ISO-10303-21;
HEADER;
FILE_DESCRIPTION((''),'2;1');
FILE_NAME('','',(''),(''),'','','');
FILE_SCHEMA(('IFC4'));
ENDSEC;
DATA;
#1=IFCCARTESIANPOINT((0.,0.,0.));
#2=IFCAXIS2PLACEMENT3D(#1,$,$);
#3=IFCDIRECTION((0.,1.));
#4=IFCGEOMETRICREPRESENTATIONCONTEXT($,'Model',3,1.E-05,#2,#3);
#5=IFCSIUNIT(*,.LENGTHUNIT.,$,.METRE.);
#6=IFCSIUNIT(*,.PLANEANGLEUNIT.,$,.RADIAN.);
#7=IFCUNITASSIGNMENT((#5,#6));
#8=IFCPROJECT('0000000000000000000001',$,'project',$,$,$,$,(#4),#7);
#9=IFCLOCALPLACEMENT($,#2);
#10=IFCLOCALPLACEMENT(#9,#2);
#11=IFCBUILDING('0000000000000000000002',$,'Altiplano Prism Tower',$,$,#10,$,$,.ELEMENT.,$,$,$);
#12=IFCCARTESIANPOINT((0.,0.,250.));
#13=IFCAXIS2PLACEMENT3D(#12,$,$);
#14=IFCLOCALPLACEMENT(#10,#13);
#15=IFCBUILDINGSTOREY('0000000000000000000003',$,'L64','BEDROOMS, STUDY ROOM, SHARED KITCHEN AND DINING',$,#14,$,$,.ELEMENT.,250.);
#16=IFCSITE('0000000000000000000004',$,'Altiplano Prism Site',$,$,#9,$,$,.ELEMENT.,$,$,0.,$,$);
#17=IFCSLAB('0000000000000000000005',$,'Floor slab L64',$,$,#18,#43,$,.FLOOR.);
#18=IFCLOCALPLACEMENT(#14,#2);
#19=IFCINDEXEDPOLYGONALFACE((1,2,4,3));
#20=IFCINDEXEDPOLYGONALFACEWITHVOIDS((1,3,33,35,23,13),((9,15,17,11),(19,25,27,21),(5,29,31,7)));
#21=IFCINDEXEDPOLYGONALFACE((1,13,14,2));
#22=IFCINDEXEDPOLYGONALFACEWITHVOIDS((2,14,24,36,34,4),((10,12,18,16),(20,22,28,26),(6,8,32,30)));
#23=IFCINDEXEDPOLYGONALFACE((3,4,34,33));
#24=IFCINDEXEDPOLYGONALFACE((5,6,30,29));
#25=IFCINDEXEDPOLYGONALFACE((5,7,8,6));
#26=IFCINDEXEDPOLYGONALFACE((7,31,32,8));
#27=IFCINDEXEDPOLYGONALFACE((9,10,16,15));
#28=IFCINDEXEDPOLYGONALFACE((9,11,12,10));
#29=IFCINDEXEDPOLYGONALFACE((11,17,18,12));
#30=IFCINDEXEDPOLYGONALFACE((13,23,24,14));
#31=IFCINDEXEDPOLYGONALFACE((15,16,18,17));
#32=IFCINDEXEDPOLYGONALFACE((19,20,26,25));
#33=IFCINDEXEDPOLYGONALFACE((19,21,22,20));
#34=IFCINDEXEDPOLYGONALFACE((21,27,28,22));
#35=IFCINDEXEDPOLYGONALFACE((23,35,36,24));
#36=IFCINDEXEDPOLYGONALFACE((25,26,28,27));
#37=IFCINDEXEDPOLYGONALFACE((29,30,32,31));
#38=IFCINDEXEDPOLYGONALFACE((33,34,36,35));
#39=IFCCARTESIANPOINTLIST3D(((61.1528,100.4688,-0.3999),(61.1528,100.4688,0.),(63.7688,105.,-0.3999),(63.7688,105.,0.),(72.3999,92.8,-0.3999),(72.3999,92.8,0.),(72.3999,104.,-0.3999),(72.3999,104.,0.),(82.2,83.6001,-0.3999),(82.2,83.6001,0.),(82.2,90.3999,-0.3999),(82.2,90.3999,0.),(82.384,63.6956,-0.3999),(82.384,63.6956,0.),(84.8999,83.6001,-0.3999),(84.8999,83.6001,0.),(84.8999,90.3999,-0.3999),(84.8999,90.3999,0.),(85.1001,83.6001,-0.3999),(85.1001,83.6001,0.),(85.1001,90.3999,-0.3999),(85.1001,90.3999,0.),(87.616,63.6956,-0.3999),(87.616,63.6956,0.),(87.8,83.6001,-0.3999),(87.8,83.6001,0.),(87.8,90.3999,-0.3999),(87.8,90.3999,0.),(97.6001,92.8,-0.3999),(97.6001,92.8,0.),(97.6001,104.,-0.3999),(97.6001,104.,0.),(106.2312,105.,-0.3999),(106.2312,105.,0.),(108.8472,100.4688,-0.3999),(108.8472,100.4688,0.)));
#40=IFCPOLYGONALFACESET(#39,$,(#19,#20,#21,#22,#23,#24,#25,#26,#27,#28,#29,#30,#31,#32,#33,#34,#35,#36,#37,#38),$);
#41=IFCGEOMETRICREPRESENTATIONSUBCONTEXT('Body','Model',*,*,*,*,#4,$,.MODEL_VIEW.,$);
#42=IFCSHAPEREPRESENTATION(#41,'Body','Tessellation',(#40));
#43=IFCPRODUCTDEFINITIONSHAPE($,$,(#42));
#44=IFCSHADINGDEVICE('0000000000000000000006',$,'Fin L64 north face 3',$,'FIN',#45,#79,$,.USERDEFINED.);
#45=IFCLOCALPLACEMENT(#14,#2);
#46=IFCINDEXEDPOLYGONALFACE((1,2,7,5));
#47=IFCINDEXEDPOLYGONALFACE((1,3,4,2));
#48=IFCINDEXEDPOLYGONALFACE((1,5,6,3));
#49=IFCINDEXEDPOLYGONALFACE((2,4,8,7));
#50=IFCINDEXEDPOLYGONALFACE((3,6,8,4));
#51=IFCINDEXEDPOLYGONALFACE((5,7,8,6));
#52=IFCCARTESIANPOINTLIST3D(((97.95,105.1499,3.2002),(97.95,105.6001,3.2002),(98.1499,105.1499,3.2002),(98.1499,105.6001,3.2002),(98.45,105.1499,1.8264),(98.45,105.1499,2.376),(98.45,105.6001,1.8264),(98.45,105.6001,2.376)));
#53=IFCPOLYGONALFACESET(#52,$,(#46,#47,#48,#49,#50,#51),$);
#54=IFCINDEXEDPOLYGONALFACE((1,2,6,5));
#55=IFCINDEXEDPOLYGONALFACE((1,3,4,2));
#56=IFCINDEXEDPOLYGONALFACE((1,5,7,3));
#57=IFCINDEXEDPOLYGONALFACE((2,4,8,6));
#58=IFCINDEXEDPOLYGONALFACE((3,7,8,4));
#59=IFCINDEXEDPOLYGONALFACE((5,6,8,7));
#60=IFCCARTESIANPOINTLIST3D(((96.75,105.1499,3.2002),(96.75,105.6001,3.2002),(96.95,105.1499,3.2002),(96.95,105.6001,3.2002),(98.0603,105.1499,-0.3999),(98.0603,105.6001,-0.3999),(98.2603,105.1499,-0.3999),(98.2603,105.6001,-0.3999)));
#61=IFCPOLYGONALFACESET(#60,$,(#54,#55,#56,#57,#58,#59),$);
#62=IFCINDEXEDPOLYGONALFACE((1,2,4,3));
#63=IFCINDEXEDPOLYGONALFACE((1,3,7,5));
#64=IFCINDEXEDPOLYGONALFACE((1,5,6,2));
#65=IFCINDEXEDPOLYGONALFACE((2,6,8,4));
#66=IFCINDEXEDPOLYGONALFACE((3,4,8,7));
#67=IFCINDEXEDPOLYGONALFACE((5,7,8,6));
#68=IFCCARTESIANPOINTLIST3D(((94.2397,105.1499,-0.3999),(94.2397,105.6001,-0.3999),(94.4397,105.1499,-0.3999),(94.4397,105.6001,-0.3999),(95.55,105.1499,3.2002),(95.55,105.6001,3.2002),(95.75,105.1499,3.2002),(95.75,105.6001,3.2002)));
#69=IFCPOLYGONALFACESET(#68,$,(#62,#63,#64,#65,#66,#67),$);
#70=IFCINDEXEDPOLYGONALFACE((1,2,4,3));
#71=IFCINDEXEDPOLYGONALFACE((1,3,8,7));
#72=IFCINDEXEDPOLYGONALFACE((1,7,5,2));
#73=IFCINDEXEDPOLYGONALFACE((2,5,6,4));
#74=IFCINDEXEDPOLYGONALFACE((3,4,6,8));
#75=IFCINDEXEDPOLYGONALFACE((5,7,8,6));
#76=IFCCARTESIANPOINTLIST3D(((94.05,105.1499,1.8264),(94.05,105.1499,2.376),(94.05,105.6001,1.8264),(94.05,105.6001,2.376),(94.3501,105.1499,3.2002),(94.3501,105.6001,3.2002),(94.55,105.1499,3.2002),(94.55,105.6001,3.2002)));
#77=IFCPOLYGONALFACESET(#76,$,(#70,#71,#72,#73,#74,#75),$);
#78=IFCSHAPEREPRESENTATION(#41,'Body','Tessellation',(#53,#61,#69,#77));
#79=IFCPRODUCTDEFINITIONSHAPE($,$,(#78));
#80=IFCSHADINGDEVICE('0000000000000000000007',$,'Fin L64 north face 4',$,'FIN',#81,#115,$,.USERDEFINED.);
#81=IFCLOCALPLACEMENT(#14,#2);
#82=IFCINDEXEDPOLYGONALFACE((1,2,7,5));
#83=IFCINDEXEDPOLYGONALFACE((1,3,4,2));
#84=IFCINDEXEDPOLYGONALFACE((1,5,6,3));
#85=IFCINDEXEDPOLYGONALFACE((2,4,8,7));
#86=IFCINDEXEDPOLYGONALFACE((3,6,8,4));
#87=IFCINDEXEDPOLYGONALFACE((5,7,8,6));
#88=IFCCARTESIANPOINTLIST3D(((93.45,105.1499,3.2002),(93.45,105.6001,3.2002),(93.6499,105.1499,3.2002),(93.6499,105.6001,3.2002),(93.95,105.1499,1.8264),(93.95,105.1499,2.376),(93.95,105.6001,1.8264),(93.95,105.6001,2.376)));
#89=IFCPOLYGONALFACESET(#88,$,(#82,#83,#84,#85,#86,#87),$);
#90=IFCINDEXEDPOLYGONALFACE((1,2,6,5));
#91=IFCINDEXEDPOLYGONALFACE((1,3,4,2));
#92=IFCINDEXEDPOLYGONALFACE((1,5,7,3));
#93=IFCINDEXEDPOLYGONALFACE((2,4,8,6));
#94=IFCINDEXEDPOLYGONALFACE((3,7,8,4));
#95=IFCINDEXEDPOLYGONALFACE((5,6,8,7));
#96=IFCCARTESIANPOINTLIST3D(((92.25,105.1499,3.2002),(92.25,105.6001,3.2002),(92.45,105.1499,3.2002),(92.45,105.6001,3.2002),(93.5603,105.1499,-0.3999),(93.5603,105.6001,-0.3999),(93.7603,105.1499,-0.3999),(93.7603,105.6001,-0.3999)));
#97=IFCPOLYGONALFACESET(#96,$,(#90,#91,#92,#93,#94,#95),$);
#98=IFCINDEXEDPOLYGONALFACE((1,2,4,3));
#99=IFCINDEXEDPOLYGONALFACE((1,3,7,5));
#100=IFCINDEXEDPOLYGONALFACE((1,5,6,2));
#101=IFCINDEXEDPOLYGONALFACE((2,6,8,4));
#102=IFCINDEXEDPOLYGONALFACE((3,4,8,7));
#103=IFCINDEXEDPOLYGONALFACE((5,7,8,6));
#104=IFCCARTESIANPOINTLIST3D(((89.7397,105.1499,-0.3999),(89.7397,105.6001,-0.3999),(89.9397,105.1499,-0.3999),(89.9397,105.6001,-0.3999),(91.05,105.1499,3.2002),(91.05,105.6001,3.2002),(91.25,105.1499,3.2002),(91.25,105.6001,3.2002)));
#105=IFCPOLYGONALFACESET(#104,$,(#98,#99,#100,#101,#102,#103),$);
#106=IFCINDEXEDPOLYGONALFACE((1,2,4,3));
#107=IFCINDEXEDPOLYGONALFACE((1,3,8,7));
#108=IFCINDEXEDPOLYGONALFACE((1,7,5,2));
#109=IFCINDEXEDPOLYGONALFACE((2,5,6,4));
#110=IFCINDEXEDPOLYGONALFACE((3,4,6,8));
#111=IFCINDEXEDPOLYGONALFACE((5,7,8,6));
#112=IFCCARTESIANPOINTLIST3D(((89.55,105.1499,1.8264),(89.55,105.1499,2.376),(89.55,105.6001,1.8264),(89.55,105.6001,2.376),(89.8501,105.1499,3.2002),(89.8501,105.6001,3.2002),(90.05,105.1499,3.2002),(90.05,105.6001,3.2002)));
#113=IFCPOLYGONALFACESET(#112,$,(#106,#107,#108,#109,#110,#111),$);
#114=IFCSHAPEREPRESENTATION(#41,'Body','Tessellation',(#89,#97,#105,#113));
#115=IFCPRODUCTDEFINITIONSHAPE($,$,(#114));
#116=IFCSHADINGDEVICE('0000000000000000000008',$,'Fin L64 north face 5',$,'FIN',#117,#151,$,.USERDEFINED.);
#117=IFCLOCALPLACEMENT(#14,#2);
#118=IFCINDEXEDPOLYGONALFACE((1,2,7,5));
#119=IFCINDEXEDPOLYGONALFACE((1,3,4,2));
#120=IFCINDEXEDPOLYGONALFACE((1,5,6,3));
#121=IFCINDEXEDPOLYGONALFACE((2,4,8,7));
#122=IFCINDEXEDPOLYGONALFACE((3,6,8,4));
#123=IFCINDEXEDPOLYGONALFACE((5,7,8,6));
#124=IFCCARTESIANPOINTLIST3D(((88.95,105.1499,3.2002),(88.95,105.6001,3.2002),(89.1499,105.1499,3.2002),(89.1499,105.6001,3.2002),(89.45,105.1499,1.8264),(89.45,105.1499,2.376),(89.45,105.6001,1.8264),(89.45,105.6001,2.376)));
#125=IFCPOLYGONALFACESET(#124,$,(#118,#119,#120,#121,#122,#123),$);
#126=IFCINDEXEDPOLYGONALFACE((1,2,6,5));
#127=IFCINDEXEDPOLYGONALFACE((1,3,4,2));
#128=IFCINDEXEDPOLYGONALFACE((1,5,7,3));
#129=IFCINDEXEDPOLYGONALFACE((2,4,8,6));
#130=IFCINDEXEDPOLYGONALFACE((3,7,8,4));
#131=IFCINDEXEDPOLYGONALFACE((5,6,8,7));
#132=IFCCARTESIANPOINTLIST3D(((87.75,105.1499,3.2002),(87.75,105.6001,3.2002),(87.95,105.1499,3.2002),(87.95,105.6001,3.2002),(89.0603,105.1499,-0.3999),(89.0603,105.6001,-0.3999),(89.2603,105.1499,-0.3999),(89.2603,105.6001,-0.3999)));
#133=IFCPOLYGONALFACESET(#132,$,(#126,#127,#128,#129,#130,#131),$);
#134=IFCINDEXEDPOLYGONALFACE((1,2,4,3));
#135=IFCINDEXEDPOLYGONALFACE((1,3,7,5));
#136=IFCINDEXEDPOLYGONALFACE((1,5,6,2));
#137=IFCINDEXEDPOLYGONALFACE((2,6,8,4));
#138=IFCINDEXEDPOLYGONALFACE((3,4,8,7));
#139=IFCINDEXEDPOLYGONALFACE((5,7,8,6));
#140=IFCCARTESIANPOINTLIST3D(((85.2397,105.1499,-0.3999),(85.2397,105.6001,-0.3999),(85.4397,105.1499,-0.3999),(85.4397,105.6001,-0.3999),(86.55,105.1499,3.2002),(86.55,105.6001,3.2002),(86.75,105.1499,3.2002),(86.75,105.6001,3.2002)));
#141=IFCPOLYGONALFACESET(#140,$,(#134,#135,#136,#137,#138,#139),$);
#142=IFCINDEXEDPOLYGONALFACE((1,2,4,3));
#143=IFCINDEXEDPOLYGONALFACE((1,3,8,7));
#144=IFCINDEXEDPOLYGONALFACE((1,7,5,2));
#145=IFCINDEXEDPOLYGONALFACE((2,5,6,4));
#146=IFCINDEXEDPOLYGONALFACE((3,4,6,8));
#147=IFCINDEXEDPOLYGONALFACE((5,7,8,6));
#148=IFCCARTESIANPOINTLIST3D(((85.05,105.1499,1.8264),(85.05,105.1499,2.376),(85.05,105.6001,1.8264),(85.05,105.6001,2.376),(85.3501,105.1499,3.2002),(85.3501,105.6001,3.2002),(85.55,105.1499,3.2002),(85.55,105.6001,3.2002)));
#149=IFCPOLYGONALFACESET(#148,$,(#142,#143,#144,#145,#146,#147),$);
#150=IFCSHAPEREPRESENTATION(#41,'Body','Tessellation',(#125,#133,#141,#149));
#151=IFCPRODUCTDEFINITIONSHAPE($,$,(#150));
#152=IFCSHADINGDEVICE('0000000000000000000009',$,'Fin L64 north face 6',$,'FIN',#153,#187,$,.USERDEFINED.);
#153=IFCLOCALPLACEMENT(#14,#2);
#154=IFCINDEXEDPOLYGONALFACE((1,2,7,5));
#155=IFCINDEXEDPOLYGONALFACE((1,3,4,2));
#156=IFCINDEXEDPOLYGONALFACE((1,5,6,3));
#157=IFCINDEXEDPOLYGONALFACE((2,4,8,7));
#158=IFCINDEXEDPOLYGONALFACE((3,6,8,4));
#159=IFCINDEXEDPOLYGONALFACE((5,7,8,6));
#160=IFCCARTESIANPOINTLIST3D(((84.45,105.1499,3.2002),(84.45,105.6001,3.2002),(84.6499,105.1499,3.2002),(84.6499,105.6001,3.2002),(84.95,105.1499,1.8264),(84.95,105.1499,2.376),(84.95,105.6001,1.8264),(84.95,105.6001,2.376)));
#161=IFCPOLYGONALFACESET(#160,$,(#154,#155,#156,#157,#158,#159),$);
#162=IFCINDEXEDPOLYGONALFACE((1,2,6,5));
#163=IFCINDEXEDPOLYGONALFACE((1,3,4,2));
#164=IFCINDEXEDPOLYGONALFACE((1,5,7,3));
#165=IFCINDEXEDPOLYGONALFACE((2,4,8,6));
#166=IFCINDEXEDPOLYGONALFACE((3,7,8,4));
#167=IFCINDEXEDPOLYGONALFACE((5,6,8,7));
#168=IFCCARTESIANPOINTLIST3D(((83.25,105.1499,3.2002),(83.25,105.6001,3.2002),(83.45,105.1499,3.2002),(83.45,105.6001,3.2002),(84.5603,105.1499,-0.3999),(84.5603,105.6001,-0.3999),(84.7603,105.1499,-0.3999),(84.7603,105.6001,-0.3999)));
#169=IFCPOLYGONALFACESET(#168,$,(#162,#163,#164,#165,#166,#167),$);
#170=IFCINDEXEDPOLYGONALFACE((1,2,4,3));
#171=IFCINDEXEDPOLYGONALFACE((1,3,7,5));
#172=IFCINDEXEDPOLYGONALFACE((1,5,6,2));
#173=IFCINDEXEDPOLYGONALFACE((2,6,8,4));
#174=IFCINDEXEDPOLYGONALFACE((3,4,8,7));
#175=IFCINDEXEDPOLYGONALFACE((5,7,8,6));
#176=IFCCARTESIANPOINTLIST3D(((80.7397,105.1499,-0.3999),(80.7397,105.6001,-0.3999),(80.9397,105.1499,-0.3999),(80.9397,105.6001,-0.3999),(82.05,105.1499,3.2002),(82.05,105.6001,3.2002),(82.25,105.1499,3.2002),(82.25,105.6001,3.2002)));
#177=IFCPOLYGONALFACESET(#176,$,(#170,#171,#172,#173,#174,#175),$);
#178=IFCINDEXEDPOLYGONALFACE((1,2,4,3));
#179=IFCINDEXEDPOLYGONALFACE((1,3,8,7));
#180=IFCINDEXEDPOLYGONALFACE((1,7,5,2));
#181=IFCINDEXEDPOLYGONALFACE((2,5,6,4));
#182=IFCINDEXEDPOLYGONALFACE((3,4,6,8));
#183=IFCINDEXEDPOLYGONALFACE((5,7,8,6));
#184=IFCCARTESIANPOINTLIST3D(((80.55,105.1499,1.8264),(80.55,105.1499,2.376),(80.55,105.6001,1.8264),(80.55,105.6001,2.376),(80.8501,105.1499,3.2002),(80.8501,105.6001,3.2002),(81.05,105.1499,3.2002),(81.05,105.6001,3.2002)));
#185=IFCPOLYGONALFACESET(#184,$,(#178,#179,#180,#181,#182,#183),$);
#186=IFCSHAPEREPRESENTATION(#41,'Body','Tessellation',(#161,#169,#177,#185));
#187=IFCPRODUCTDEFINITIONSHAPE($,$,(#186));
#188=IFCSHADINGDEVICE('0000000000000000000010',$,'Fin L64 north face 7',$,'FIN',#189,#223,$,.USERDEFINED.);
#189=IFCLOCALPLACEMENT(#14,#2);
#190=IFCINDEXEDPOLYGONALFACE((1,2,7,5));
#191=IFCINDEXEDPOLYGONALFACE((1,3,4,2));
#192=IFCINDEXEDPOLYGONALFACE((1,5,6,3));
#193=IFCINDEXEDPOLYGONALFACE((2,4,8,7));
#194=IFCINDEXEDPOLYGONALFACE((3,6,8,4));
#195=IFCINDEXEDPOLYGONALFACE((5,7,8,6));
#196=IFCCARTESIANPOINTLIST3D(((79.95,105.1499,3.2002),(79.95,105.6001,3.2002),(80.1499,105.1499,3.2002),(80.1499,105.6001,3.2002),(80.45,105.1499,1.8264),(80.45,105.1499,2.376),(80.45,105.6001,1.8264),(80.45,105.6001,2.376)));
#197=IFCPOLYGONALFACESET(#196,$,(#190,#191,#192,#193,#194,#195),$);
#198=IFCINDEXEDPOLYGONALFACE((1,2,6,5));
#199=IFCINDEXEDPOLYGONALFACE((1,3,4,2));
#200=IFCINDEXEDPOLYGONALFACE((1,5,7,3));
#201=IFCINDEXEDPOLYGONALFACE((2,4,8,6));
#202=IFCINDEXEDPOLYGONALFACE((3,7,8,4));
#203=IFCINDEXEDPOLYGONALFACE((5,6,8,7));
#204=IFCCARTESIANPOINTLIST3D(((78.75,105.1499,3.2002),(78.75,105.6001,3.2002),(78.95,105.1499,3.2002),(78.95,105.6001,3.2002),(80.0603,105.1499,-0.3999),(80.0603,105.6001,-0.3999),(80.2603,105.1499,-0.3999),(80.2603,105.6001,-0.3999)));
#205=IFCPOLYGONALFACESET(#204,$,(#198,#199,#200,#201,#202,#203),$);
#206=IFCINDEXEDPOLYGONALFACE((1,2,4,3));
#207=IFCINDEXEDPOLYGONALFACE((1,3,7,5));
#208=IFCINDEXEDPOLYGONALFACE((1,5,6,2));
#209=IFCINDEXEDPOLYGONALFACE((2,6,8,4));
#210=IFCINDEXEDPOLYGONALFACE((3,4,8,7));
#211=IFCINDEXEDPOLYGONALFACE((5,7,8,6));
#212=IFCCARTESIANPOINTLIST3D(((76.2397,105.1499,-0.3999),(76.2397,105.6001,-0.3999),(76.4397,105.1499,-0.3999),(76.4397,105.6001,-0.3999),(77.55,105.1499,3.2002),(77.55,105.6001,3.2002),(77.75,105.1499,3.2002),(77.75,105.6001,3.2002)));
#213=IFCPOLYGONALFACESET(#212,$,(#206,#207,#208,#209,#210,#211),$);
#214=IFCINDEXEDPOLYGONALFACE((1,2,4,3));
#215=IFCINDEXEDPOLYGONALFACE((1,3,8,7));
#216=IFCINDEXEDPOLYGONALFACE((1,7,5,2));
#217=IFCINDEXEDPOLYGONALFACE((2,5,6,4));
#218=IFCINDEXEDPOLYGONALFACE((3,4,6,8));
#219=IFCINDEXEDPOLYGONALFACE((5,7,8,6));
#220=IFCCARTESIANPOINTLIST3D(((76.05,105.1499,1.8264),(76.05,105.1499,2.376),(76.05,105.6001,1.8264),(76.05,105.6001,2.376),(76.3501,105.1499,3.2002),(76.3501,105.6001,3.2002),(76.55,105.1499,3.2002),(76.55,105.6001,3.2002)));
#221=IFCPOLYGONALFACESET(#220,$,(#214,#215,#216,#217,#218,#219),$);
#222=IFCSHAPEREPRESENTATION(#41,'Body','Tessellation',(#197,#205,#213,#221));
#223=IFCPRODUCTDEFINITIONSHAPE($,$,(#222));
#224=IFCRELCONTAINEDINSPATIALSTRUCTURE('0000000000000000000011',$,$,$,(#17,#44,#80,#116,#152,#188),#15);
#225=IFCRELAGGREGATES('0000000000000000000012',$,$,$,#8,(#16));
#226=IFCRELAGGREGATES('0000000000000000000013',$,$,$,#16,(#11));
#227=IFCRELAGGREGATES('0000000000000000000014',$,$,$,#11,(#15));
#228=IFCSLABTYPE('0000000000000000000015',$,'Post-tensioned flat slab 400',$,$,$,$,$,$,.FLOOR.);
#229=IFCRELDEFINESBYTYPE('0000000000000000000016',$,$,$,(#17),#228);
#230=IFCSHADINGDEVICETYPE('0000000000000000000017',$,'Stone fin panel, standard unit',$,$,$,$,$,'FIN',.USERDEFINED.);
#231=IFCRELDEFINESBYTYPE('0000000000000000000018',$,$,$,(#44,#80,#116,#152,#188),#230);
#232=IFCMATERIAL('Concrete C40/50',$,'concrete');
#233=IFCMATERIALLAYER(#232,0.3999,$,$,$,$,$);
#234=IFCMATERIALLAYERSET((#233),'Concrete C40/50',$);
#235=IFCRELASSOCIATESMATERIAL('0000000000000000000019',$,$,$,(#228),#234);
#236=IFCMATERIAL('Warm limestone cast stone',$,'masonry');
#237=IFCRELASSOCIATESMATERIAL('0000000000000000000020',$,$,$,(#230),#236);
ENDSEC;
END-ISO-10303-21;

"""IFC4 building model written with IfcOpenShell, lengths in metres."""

from ifc_helpers import new_model, si_unit, direction, frame, origin, place, context, subcontext, project, spatial, polyline, outline, extrude, source, transform, mapped, material, layer, layer_set, type_object, element, save


model = new_model("IFC4")

# Units and contexts
model_context = context("Model", 3, precision=1e-05, world=origin(), true_north=direction((0.0, 1.0)))
body_context = subcontext(model_context, "Body", "Model", "MODEL_VIEW")
ifc_project = project(units=[si_unit("LENGTHUNIT", "METRE"), si_unit("PLANEANGLEUNIT", "RADIAN")], contexts=[model_context])

# Site, building, storey
site_placement = place(None, origin())
site = spatial("IfcSite", under=ifc_project, at=site_placement, Name="Altiplano Prism Site", CompositionType="ELEMENT", RefElevation=0.0)
building_placement = place(site_placement, origin())
building = spatial("IfcBuilding", under=site, at=building_placement, Name="Altiplano Prism Tower", CompositionType="ELEMENT")
storey_placement = place(building_placement, frame((0.0, 0.0, 250.0)))
storey = spatial("IfcBuildingStorey", under=building, at=storey_placement, Name="L64", Description="BEDROOMS, STUDY ROOM, SHARED KITCHEN AND DINING", CompositionType="ELEMENT", Elevation=250.0)

# Slab
ifc_material_1 = material(Name="Concrete C40/50", Category="concrete")
ifc_layer = layer(ifc_material_1, 0.3999)
ifc_layer_set = layer_set([ifc_layer], Name="Concrete C40/50")
slab_type = type_object("IfcSlabType", Name="Post-tensioned flat slab 400", PredefinedType="FLOOR", material=ifc_layer_set)
slab_placement = place(storey_placement, frame((0.0, 0.0, -0.3999)))
element("IfcSlab", 1, at=slab_placement, inside=storey, type_object=slab_type, Name="Floor slab L64", PredefinedType="FLOOR", context=body_context, shape_type="SweptSolid", body=[
    extrude(outline(polyline([(82.384, 63.6956), (61.1528, 100.4688), (63.7688, 105.0), (106.2312, 105.0), (108.8472, 100.4688), (87.616, 63.6956), (82.384, 63.6956)]), holes=[polyline([(72.3999, 104.0), (72.3999, 92.8), (97.6001, 92.8), (97.6001, 104.0), (72.3999, 104.0)]), polyline([(84.8999, 90.3999), (82.2, 90.3999), (82.2, 83.6001), (84.8999, 83.6001), (84.8999, 90.3999)]), polyline([(87.8, 83.6001), (87.8, 90.3999), (85.1001, 90.3999), (85.1001, 83.6001), (87.8, 83.6001)])]), origin(), (0.0, 0.0, 1.0), 0.3999),
])

# Shading devices
ifc_material_2 = material(Name="Warm limestone cast stone", Category="masonry")
shading_device_type_1 = type_object("IfcShadingDeviceType", Name="Stone fin panel, standard unit", ElementType="FIN", PredefinedType="USERDEFINED", material=ifc_material_2)
shared_shape_1 = source(origin(), body_context, "Body", "SweptSolid", [
    extrude(outline(polyline([(-2.2, 2.2263), (-1.7, 3.6001), (-1.8999, 3.6001), (-2.2, 2.7759), (-2.2, 2.2263)])), frame((0.0, -0.1499, 0.0), z_axis=(0.0, -1.0, 0.0), x_axis=(1.0, 0.0, 0.0)), (0.0, 0.0, 1.0), 0.4502),
    extrude(outline(polyline([(-2.0103, 0.0), (-1.8103, 0.0), (-0.5, 3.6001), (-0.7, 3.6001), (-2.0103, 0.0)])), frame((0.0, -0.1499, 0.0), z_axis=(0.0, -1.0, 0.0), x_axis=(1.0, 0.0, 0.0)), (0.0, 0.0, 1.0), 0.4502),
    extrude(outline(polyline([(1.8103, 0.0), (2.0103, 0.0), (0.7, 3.6001), (0.5, 3.6001), (1.8103, 0.0)])), frame((0.0, -0.1499, 0.0), z_axis=(0.0, -1.0, 0.0), x_axis=(1.0, 0.0, 0.0)), (0.0, 0.0, 1.0), 0.4502),
    extrude(outline(polyline([(2.2, 2.7759), (1.8999, 3.6001), (1.7, 3.6001), (2.2, 2.2263), (2.2, 2.7759)])), frame((0.0, -0.1499, 0.0), z_axis=(0.0, -1.0, 0.0), x_axis=(1.0, 0.0, 0.0)), (0.0, 0.0, 1.0), 0.4502),
])
shading_device_1_placement = place(storey_placement, origin())
element("IfcShadingDevice", 2, at=shading_device_1_placement, inside=storey, type_object=shading_device_type_1, Name="Fin L64 north face 3", ObjectType="FIN", PredefinedType="USERDEFINED", context=body_context, shape_type="MappedRepresentation", body=[
    mapped(shared_shape_1, transform((96.25, 105.0, -0.3999), x_axis=(-1.0, 0.0, 0.0), y_axis=(0.0, -1.0, 0.0), z_axis=(0.0, 0.0, 1.0))),
])
shading_device_2_placement = place(storey_placement, origin())
element("IfcShadingDevice", 3, at=shading_device_2_placement, inside=storey, type_object=shading_device_type_1, Name="Fin L64 north face 4", ObjectType="FIN", PredefinedType="USERDEFINED", context=body_context, shape_type="MappedRepresentation", body=[
    mapped(shared_shape_1, transform((91.75, 105.0, -0.3999), x_axis=(-1.0, 0.0, 0.0), y_axis=(0.0, -1.0, 0.0), z_axis=(0.0, 0.0, 1.0))),
])
shading_device_3_placement = place(storey_placement, origin())
element("IfcShadingDevice", 4, at=shading_device_3_placement, inside=storey, type_object=shading_device_type_1, Name="Fin L64 north face 5", ObjectType="FIN", PredefinedType="USERDEFINED", context=body_context, shape_type="MappedRepresentation", body=[
    mapped(shared_shape_1, transform((87.25, 105.0, -0.3999), x_axis=(-1.0, 0.0, 0.0), y_axis=(0.0, -1.0, 0.0), z_axis=(0.0, 0.0, 1.0))),
])
shading_device_4_placement = place(storey_placement, origin())
element("IfcShadingDevice", 5, at=shading_device_4_placement, inside=storey, type_object=shading_device_type_1, Name="Fin L64 north face 6", ObjectType="FIN", PredefinedType="USERDEFINED", context=body_context, shape_type="MappedRepresentation", body=[
    mapped(shared_shape_1, transform((82.75, 105.0, -0.3999), x_axis=(-1.0, 0.0, 0.0), y_axis=(0.0, -1.0, 0.0), z_axis=(0.0, 0.0, 1.0))),
])
shading_device_5_placement = place(storey_placement, origin())
element("IfcShadingDevice", 6, at=shading_device_5_placement, inside=storey, type_object=shading_device_type_1, Name="Fin L64 north face 7", ObjectType="FIN", PredefinedType="USERDEFINED", context=body_context, shape_type="MappedRepresentation", body=[
    mapped(shared_shape_1, transform((78.25, 105.0, -0.3999), x_axis=(-1.0, 0.0, 0.0), y_axis=(0.0, -1.0, 0.0), z_axis=(0.0, 0.0, 1.0))),
])

save(model, "model.ifc")
